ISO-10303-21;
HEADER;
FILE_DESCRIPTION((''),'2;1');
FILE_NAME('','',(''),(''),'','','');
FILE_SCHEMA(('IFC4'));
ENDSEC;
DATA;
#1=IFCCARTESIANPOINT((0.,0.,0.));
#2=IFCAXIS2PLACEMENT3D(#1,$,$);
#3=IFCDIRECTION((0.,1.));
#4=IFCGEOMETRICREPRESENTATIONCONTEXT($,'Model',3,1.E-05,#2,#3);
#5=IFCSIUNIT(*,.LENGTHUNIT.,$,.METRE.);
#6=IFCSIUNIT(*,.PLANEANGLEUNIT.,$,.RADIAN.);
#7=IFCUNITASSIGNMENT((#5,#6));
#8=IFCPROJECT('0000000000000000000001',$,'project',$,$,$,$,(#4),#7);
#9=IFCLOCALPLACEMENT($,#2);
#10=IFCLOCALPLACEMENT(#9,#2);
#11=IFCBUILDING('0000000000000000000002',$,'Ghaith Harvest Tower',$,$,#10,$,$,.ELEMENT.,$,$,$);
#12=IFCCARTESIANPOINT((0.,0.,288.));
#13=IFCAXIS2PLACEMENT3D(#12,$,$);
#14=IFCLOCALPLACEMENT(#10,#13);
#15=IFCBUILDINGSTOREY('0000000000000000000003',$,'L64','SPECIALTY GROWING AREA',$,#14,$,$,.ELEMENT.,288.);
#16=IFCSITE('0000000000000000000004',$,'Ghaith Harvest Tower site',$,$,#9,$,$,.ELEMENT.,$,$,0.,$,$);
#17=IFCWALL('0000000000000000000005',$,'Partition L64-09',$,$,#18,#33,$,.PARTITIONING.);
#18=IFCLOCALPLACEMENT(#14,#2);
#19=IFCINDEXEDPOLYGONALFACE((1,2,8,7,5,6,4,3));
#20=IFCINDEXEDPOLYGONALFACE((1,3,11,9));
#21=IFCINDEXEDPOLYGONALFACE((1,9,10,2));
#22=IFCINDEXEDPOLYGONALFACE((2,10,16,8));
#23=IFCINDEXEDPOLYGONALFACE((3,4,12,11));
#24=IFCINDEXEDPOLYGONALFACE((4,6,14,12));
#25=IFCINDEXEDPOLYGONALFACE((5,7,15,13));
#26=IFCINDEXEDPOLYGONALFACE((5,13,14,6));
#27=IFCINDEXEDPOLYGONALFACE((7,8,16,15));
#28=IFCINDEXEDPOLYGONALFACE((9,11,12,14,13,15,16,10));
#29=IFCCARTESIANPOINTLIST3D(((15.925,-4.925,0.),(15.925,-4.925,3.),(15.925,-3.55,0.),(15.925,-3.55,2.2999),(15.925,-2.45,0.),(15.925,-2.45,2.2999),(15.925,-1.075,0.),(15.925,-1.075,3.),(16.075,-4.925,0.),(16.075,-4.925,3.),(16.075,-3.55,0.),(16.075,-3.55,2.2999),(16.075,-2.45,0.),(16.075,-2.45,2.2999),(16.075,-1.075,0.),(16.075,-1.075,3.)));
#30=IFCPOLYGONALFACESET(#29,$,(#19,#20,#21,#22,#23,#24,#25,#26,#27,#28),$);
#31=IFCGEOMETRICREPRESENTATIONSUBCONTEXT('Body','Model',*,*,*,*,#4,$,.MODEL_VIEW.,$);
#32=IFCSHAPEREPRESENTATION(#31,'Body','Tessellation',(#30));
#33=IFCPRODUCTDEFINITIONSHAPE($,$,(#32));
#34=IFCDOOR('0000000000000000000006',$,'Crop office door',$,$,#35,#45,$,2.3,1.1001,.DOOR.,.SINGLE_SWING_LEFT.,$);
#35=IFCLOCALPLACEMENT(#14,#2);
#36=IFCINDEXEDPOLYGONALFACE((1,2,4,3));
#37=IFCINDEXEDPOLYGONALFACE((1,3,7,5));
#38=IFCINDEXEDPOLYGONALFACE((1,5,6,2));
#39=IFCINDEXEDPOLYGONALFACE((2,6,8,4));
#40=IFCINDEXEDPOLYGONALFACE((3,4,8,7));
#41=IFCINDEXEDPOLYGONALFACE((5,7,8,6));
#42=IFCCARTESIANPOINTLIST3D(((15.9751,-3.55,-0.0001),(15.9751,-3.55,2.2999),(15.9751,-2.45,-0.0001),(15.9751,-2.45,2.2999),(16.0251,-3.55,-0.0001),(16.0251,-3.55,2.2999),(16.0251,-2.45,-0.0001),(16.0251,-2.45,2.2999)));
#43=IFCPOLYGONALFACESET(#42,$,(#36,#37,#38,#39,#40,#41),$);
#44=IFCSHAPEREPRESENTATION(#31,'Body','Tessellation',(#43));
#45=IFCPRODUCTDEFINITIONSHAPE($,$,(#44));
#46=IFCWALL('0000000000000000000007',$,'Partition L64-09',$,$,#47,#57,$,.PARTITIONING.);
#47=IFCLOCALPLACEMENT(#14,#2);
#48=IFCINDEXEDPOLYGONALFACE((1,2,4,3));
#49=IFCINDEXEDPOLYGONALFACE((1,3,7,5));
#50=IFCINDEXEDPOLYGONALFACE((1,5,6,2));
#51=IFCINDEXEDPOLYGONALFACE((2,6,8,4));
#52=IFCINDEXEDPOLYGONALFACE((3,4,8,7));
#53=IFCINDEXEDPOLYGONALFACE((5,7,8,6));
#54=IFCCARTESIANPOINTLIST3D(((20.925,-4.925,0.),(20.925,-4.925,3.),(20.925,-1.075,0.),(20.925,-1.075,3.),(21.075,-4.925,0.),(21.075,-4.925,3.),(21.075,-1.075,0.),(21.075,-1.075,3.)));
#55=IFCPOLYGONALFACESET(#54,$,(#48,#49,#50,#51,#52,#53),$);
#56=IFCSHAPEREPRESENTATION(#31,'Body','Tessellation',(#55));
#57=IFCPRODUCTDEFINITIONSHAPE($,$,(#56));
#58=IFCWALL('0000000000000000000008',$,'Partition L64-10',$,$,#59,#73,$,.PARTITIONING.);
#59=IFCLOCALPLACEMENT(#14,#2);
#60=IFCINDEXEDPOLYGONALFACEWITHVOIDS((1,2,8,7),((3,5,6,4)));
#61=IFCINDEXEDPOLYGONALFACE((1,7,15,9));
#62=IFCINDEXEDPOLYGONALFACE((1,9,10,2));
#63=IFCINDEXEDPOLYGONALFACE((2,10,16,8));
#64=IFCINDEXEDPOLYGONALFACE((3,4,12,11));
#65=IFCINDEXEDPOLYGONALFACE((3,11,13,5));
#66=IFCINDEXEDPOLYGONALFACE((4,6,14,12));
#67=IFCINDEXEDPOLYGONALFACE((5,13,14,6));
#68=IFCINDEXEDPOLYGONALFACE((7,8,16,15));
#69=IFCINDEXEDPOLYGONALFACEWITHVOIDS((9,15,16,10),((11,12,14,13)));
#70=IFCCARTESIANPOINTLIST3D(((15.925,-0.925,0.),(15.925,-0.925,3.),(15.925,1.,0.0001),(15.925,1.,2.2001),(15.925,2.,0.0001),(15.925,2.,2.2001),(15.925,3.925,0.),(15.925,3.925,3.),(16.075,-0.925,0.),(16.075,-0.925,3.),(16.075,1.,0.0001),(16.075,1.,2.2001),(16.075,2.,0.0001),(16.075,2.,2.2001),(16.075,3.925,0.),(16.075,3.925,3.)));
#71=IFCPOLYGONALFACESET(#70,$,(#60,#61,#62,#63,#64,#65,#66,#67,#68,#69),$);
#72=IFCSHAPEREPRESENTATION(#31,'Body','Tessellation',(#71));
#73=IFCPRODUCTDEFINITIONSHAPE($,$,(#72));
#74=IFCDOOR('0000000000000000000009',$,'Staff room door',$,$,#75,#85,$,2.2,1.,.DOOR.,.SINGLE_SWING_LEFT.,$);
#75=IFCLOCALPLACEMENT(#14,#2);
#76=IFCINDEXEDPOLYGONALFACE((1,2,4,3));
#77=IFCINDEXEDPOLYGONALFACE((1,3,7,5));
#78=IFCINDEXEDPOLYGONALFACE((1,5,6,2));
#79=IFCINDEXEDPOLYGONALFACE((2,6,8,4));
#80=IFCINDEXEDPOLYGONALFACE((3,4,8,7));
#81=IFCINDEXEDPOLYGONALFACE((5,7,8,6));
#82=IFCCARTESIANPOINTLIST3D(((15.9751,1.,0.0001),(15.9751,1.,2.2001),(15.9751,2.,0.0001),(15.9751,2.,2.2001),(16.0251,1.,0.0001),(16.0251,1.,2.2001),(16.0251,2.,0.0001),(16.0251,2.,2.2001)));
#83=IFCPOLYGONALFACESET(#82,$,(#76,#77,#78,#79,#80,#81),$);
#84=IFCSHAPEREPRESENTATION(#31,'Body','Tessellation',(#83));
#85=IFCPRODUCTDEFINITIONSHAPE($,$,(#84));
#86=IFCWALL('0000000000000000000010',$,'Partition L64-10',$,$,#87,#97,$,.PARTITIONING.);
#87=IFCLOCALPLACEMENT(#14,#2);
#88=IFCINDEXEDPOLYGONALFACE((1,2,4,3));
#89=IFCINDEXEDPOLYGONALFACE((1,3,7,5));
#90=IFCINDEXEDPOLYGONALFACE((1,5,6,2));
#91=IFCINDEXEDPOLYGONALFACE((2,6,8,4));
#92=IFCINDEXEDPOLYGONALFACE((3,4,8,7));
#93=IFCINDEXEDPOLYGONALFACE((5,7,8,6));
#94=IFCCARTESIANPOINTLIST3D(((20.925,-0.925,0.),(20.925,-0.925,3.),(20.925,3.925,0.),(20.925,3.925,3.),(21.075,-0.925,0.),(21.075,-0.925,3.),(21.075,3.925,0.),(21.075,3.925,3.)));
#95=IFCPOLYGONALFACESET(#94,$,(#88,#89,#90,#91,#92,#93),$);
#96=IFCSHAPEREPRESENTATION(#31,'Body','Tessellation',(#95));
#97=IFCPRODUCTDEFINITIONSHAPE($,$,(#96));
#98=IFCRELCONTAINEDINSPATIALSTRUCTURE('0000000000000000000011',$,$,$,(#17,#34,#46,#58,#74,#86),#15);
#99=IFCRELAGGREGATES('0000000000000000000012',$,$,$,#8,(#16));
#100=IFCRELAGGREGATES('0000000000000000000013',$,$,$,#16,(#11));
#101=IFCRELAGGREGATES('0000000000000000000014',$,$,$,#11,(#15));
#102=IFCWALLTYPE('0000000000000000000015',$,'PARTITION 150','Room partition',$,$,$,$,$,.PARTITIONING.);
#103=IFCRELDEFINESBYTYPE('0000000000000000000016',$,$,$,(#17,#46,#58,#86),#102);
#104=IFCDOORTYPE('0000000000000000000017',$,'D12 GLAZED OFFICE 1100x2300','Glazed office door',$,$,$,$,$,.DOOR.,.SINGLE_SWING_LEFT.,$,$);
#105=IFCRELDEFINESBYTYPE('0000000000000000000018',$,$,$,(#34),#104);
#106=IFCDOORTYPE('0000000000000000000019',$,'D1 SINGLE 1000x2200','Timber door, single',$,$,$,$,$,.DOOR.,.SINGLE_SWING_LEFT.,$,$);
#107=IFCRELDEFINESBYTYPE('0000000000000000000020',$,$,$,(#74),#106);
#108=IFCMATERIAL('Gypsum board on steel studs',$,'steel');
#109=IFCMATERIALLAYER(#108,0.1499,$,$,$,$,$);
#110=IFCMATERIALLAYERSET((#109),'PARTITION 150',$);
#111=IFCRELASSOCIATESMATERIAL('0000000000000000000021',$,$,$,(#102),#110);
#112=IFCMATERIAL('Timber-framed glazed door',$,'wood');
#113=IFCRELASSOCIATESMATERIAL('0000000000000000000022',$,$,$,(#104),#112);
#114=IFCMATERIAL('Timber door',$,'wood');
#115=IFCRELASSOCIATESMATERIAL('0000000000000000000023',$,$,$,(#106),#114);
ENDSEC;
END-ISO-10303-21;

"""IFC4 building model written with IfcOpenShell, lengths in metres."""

from ifc_helpers import new_model, si_unit, direction, frame, frame_2d, origin, place, context, subcontext, project, spatial, rectangle, extrude, material, layer, layer_set, type_object, element, fill, save


model = new_model("IFC4")

# Units and contexts
model_context = context("Model", 3, precision=1e-05, world=origin(), true_north=direction((0.0, 1.0)))
body_context = subcontext(model_context, "Body", "Model", "MODEL_VIEW")
ifc_project = project(units=[si_unit("LENGTHUNIT", "METRE"), si_unit("PLANEANGLEUNIT", "RADIAN")], contexts=[model_context])

# Site, building, storey
site_placement = place(None, origin())
site = spatial("IfcSite", under=ifc_project, at=site_placement, Name="Ghaith Harvest Tower site", CompositionType="ELEMENT", RefElevation=0.0)
building_placement = place(site_placement, origin())
building = spatial("IfcBuilding", under=site, at=building_placement, Name="Ghaith Harvest Tower", CompositionType="ELEMENT")
storey_placement = place(building_placement, frame((0.0, 0.0, 288.0)))
storey = spatial("IfcBuildingStorey", under=building, at=storey_placement, Name="L64", Description="SPECIALTY GROWING AREA", CompositionType="ELEMENT", Elevation=288.0)

# Shared definitions
ifc_material_1 = material(Name="Gypsum board on steel studs", Category="steel")
ifc_layer_1 = layer(ifc_material_1, 0.1499)
ifc_layer_set_1 = layer_set([ifc_layer_1], Name="PARTITION 150")
wall_type = type_object("IfcWallType", Name="PARTITION 150", Description="Room partition", PredefinedType="PARTITIONING", material=ifc_layer_set_1)

# Wall, opening, door
wall_1_placement = place(storey_placement, frame((16.0, -4.925, 0.0), z_axis=(0.0, 0.0, 1.0), x_axis=(0.0, 1.0, 0.0)))
wall_1 = element("IfcWall", 1, at=wall_1_placement, inside=storey, type_object=wall_type, Name="Partition L64-09", PredefinedType="PARTITIONING", context=body_context, shape_type="SweptSolid", body=[
    extrude(rectangle(XDim=3.8501, YDim=0.1499, at=frame_2d((1.925, 0.0))), origin(), (0.0, 0.0, 1.0), 3.0),
])
opening_1_placement = place(wall_1_placement, frame((1.375, 0.0, 0.0)))
opening_1 = element("IfcOpeningElement", 2, at=opening_1_placement, cuts=wall_1, PredefinedType="OPENING", context=body_context, shape_type="SweptSolid", body=[
    extrude(rectangle(XDim=1.1001, YDim=2.3, at=frame_2d((0.55, 1.1499))), frame((0.0, 0.085, 0.0), z_axis=(0.0, -1.0, 0.0), x_axis=(1.0, 0.0, 0.0)), (0.0, 0.0, 1.0), 0.1699),
])
ifc_material_2 = material(Name="Timber-framed glazed door", Category="wood")
door_type_1 = type_object("IfcDoorType", Name="D12 GLAZED OFFICE 1100x2300", Description="Glazed office door", OperationType="SINGLE_SWING_LEFT", PredefinedType="DOOR", material=ifc_material_2)
door_1_placement = place(opening_1_placement, origin())
door_1 = element("IfcDoor", 3, at=door_1_placement, inside=storey, type_object=door_type_1, Name="Crop office door", OperationType="SINGLE_SWING_LEFT", OverallHeight=2.3, OverallWidth=1.1001, PredefinedType="DOOR", context=body_context, shape_type="SweptSolid", body=[
    extrude(rectangle(XDim=1.1001, YDim=2.3, at=frame_2d((0.55, 1.1499))), frame((0.0, 0.0249, 0.0), z_axis=(0.0, -1.0, 0.0), x_axis=(1.0, 0.0, 0.0)), (0.0, 0.0, 1.0), 0.05),
])
fill(opening_1, door_1)

# Wall
wall_2_placement = place(storey_placement, frame((21.0, -4.925, 0.0), z_axis=(0.0, 0.0, 1.0), x_axis=(0.0, 1.0, 0.0)))
element("IfcWall", 4, at=wall_2_placement, inside=storey, type_object=wall_type, Name="Partition L64-09", PredefinedType="PARTITIONING", context=body_context, shape_type="SweptSolid", body=[
    extrude(rectangle(XDim=3.8501, YDim=0.1499, at=frame_2d((1.925, 0.0))), origin(), (0.0, 0.0, 1.0), 3.0),
])

# Wall, opening, door
wall_3_placement = place(storey_placement, frame((16.0, -0.925, 0.0), z_axis=(0.0, 0.0, 1.0), x_axis=(0.0, 1.0, 0.0)))
wall_3 = element("IfcWall", 5, at=wall_3_placement, inside=storey, type_object=wall_type, Name="Partition L64-10", PredefinedType="PARTITIONING", context=body_context, shape_type="SweptSolid", body=[
    extrude(rectangle(XDim=4.8501, YDim=0.1499, at=frame_2d((2.425, 0.0))), origin(), (0.0, 0.0, 1.0), 3.0),
])
opening_2_placement = place(wall_3_placement, frame((1.925, 0.0, 0.0)))
opening_2 = element("IfcOpeningElement", 6, at=opening_2_placement, cuts=wall_3, PredefinedType="OPENING", context=body_context, shape_type="SweptSolid", body=[
    extrude(rectangle(XDim=1.0, YDim=2.2, at=frame_2d((0.5, 1.1001))), frame((0.0, 0.085, 0.0), z_axis=(0.0, -1.0, 0.0), x_axis=(1.0, 0.0, 0.0)), (0.0, 0.0, 1.0), 0.1699),
])
ifc_material_3 = material(Name="Timber door", Category="wood")
door_type_2 = type_object("IfcDoorType", Name="D1 SINGLE 1000x2200", Description="Timber door, single", OperationType="SINGLE_SWING_LEFT", PredefinedType="DOOR", material=ifc_material_3)
door_2_placement = place(opening_2_placement, origin())
door_2 = element("IfcDoor", 7, at=door_2_placement, inside=storey, type_object=door_type_2, Name="Staff room door", OperationType="SINGLE_SWING_LEFT", OverallHeight=2.2, OverallWidth=1.0, PredefinedType="DOOR", context=body_context, shape_type="SweptSolid", body=[
    extrude(rectangle(XDim=1.0, YDim=2.2, at=frame_2d((0.5, 1.1001))), frame((0.0, 0.0249, 0.0), z_axis=(0.0, -1.0, 0.0), x_axis=(1.0, 0.0, 0.0)), (0.0, 0.0, 1.0), 0.05),
])
fill(opening_2, door_2)

# Wall
wall_4_placement = place(storey_placement, frame((21.0, -0.925, 0.0), z_axis=(0.0, 0.0, 1.0), x_axis=(0.0, 1.0, 0.0)))
element("IfcWall", 8, at=wall_4_placement, inside=storey, type_object=wall_type, Name="Partition L64-10", PredefinedType="PARTITIONING", context=body_context, shape_type="SweptSolid", body=[
    extrude(rectangle(XDim=4.8501, YDim=0.1499, at=frame_2d((2.425, 0.0))), origin(), (0.0, 0.0, 1.0), 3.0),
])

save(model, "model.ifc")
